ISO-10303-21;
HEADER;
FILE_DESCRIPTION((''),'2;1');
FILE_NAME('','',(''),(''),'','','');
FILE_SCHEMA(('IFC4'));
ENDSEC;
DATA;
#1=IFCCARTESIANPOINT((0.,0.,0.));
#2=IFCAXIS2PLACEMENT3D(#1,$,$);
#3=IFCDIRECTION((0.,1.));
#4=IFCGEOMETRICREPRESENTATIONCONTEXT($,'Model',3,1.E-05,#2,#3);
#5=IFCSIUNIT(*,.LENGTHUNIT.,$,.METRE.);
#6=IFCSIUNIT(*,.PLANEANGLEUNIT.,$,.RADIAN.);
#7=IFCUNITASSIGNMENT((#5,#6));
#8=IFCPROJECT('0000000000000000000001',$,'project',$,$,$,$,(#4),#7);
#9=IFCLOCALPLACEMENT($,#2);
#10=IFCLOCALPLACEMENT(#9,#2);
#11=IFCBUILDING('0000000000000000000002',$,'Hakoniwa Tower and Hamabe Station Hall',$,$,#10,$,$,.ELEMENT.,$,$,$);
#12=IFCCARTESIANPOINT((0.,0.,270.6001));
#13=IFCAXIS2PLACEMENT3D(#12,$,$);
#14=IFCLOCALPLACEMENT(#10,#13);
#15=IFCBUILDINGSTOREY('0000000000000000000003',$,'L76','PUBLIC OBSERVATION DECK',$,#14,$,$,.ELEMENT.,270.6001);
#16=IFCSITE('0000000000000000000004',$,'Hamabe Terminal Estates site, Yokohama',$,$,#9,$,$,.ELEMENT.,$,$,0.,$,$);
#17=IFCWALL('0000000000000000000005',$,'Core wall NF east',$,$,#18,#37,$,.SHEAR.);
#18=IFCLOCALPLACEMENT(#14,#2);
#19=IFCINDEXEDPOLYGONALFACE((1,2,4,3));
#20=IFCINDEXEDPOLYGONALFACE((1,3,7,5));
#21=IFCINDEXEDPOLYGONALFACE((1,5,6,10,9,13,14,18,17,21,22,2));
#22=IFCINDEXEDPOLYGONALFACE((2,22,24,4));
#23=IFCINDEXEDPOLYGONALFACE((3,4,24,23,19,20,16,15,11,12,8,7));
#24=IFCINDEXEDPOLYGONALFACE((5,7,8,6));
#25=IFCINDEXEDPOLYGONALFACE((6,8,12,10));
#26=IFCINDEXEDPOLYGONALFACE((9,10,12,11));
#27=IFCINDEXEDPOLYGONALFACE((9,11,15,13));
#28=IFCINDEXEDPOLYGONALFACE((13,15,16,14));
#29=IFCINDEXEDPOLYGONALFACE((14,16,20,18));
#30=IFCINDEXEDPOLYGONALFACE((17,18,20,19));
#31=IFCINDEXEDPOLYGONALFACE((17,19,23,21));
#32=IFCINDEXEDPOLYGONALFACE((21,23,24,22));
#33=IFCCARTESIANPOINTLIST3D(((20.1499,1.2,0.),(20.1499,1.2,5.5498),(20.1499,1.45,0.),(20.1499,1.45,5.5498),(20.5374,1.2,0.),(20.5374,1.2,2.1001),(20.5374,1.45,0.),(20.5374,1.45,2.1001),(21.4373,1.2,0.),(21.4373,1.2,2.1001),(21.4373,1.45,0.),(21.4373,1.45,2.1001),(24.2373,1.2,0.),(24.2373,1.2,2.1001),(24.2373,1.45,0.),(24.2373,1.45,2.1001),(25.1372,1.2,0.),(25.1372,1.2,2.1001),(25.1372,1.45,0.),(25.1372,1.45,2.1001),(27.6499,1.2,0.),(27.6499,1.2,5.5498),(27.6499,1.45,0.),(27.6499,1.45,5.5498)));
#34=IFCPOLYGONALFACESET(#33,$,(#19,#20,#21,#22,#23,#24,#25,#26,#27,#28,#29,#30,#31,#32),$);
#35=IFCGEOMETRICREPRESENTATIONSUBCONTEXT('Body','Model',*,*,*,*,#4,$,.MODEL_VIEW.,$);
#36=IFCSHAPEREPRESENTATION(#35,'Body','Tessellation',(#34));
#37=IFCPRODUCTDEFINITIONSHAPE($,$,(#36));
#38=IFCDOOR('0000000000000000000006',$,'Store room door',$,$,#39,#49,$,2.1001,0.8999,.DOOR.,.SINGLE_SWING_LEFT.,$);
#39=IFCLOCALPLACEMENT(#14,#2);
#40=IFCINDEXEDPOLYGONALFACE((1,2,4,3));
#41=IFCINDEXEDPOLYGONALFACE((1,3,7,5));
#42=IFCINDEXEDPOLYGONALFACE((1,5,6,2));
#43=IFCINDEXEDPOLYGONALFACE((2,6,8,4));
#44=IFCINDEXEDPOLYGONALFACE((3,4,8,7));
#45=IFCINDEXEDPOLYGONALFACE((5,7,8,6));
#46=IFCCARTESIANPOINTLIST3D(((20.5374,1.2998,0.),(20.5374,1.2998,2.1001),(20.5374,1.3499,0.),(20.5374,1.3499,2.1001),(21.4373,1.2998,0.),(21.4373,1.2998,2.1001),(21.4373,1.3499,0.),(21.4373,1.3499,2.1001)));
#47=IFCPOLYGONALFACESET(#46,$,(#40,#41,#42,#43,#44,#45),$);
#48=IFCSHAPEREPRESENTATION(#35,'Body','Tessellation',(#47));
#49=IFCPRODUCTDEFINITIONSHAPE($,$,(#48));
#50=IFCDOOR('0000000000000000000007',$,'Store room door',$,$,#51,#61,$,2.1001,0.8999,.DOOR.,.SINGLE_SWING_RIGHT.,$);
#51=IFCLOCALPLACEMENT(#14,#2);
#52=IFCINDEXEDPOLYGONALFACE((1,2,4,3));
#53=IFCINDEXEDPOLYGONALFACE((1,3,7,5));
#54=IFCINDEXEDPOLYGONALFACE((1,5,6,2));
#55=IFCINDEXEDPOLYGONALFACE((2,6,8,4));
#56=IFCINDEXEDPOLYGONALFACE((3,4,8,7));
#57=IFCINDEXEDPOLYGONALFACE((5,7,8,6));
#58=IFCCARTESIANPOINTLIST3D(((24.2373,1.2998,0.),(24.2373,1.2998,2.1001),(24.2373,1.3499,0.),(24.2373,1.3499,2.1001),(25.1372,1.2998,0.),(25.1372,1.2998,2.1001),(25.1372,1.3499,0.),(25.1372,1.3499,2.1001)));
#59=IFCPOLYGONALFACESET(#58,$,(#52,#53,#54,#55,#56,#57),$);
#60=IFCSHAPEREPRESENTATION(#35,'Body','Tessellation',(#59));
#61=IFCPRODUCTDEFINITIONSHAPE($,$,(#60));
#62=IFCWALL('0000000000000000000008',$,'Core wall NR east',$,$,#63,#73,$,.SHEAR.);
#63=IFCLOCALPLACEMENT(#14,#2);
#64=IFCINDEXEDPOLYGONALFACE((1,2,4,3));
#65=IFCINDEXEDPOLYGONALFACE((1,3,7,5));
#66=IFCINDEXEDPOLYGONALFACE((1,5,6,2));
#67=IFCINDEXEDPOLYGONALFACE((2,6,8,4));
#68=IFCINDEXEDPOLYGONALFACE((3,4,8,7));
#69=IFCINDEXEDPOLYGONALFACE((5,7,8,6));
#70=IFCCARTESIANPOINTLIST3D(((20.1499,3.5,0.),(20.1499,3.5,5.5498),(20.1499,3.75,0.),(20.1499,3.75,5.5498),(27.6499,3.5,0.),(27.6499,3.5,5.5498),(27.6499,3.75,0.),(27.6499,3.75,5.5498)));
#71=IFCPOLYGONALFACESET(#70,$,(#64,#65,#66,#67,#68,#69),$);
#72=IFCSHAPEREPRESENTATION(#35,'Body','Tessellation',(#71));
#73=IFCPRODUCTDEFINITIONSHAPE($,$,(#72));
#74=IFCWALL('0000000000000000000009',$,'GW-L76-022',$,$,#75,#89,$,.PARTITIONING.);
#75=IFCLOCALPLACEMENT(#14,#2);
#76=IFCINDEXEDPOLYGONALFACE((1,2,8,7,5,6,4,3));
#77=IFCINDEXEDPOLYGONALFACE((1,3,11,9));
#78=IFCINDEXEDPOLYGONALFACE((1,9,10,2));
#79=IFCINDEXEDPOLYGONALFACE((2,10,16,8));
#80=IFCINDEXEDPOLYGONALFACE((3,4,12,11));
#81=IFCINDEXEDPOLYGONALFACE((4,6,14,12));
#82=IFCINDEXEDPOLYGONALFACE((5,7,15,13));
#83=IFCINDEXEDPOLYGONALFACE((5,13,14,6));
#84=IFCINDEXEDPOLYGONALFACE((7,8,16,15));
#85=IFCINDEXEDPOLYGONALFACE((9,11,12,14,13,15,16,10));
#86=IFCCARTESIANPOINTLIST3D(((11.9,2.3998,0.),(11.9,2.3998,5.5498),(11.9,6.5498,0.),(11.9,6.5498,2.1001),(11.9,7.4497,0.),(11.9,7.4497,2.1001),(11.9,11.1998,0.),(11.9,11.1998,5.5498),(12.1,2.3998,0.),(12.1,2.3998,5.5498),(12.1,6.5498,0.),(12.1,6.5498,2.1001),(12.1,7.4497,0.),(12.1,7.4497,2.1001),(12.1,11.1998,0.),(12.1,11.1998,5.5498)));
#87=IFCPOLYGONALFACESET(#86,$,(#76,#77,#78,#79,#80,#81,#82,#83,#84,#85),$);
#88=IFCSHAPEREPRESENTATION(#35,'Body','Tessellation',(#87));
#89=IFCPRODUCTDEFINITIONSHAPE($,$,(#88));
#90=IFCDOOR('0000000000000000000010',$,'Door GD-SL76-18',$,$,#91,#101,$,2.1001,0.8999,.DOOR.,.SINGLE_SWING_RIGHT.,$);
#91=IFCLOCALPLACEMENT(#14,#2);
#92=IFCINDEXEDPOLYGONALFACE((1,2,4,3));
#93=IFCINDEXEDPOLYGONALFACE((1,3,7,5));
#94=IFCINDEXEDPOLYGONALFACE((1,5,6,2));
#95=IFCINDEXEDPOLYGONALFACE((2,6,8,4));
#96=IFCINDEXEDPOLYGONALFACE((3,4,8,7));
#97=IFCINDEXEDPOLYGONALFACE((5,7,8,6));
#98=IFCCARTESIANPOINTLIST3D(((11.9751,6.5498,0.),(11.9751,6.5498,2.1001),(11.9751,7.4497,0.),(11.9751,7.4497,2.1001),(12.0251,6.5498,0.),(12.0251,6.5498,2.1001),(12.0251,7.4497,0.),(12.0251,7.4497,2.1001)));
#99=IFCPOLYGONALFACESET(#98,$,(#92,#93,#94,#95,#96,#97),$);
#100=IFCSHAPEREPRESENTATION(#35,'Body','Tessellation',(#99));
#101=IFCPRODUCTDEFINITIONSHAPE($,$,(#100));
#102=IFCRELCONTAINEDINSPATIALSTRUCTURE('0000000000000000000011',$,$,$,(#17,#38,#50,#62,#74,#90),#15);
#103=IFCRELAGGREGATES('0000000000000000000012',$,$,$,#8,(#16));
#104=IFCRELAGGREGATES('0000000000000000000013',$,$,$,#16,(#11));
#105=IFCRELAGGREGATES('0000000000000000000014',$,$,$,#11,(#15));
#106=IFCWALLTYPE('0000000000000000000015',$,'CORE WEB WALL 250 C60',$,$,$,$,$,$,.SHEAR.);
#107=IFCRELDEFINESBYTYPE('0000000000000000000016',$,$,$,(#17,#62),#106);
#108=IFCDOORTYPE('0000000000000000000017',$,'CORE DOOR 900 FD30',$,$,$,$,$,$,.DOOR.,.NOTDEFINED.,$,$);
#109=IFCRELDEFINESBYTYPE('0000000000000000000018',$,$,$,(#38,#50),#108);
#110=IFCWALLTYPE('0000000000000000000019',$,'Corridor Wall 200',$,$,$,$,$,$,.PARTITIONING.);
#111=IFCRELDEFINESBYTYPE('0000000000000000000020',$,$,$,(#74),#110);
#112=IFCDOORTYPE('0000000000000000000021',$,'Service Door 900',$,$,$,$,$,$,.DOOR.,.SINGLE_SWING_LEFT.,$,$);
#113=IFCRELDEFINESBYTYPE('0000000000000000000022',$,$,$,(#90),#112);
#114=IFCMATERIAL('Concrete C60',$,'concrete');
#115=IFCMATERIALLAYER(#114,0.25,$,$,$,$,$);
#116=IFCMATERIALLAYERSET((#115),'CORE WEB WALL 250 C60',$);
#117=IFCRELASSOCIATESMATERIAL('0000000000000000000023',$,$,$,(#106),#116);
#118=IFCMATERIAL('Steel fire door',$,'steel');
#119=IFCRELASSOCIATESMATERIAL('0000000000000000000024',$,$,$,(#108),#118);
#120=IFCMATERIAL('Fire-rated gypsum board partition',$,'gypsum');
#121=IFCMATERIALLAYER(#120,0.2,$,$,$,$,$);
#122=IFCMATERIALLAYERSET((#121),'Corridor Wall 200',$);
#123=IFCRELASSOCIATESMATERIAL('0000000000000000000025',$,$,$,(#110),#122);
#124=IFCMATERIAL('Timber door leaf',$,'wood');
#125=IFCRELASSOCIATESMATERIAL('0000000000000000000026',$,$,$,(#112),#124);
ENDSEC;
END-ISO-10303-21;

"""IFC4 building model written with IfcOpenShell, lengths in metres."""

from ifc_helpers import new_model, si_unit, direction, frame, frame_2d, origin, place, context, subcontext, project, spatial, rectangle, extrude, material, layer, layer_set, type_object, element, fill, save


model = new_model("IFC4")

# Units and contexts
model_context = context("Model", 3, precision=1e-05, world=origin(), true_north=direction((0.0, 1.0)))
body_context = subcontext(model_context, "Body", "Model", "MODEL_VIEW")
ifc_project = project(units=[si_unit("LENGTHUNIT", "METRE"), si_unit("PLANEANGLEUNIT", "RADIAN")], contexts=[model_context])

# Site, building, storey
site_placement = place(None, origin())
site = spatial("IfcSite", under=ifc_project, at=site_placement, Name="Hamabe Terminal Estates site, Yokohama", CompositionType="ELEMENT", RefElevation=0.0)
building_placement = place(site_placement, origin())
building = spatial("IfcBuilding", under=site, at=building_placement, Name="Hakoniwa Tower and Hamabe Station Hall", CompositionType="ELEMENT")
storey_placement = place(building_placement, frame((0.0, 0.0, 270.6001)))
storey = spatial("IfcBuildingStorey", under=building, at=storey_placement, Name="L76", Description="PUBLIC OBSERVATION DECK", CompositionType="ELEMENT", Elevation=270.6001)

# Shared definitions
ifc_material_1 = material(Name="Concrete C60", Category="concrete")
ifc_layer_1 = layer(ifc_material_1, 0.25)
ifc_layer_set_1 = layer_set([ifc_layer_1], Name="CORE WEB WALL 250 C60")
wall_type_1 = type_object("IfcWallType", Name="CORE WEB WALL 250 C60", PredefinedType="SHEAR", material=ifc_layer_set_1)

# Wall, openings, doors
wall_1_placement = place(storey_placement, frame((20.1499, 1.325, 0.0), z_axis=(0.0, 0.0, 1.0), x_axis=(1.0, 0.0, 0.0)))
wall_1 = element("IfcWall", 1, at=wall_1_placement, inside=storey, type_object=wall_type_1, Name="Core wall NF east", PredefinedType="SHEAR", context=body_context, shape_type="SweptSolid", body=[
    extrude(rectangle(XDim=7.5, YDim=0.25, at=frame_2d((3.75, 0.0))), origin(), (0.0, 0.0, 1.0), 5.5498),
])
opening_1_placement = place(wall_1_placement, frame((0.3875, 0.0, 0.0)))
opening_1 = element("IfcOpeningElement", 2, at=opening_1_placement, cuts=wall_1, PredefinedType="OPENING", context=body_context, shape_type="SweptSolid", body=[
    extrude(rectangle(XDim=0.8999, YDim=2.1001, at=frame_2d((0.45, 1.05))), frame((0.0, 0.135, 0.0), z_axis=(0.0, -1.0, 0.0), x_axis=(1.0, 0.0, 0.0)), (0.0, 0.0, 1.0), 0.27),
])
opening_2_placement = place(wall_1_placement, frame((4.0874, 0.0, 0.0)))
opening_2 = element("IfcOpeningElement", 3, at=opening_2_placement, cuts=wall_1, PredefinedType="OPENING", context=body_context, shape_type="SweptSolid", body=[
    extrude(rectangle(XDim=0.8999, YDim=2.1001, at=frame_2d((0.45, 1.05))), frame((0.0, 0.135, 0.0), z_axis=(0.0, -1.0, 0.0), x_axis=(1.0, 0.0, 0.0)), (0.0, 0.0, 1.0), 0.27),
])
ifc_material_2 = material(Name="Steel fire door", Category="steel")
door_type_1 = type_object("IfcDoorType", Name="CORE DOOR 900 FD30", OperationType="NOTDEFINED", PredefinedType="DOOR", material=ifc_material_2)
door_1_placement = place(opening_1_placement, origin())
door_1 = element("IfcDoor", 4, at=door_1_placement, inside=storey, type_object=door_type_1, Name="Store room door", OperationType="SINGLE_SWING_LEFT", OverallHeight=2.1001, OverallWidth=0.8999, PredefinedType="DOOR", context=body_context, shape_type="SweptSolid", body=[
    extrude(rectangle(XDim=0.8999, YDim=2.1001, at=frame_2d((0.45, 1.05))), frame((0.0, 0.0249, 0.0), z_axis=(0.0, -1.0, 0.0), x_axis=(1.0, 0.0, 0.0)), (0.0, 0.0, 1.0), 0.05),
])
fill(opening_1, door_1)
door_2_placement = place(opening_2_placement, origin())
door_2 = element("IfcDoor", 5, at=door_2_placement, inside=storey, type_object=door_type_1, Name="Store room door", OperationType="SINGLE_SWING_RIGHT", OverallHeight=2.1001, OverallWidth=0.8999, PredefinedType="DOOR", context=body_context, shape_type="SweptSolid", body=[
    extrude(rectangle(XDim=0.8999, YDim=2.1001, at=frame_2d((0.45, 1.05))), frame((0.0, 0.0249, 0.0), z_axis=(0.0, -1.0, 0.0), x_axis=(1.0, 0.0, 0.0)), (0.0, 0.0, 1.0), 0.05),
])
fill(opening_2, door_2)

# Wall
wall_2_placement = place(storey_placement, frame((20.1499, 3.625, 0.0), z_axis=(0.0, 0.0, 1.0), x_axis=(1.0, 0.0, 0.0)))
element("IfcWall", 6, at=wall_2_placement, inside=storey, type_object=wall_type_1, Name="Core wall NR east", PredefinedType="SHEAR", context=body_context, shape_type="SweptSolid", body=[
    extrude(rectangle(XDim=7.5, YDim=0.25, at=frame_2d((3.75, 0.0))), origin(), (0.0, 0.0, 1.0), 5.5498),
])

# Wall, opening, door
ifc_material_3 = material(Name="Fire-rated gypsum board partition", Category="gypsum")
ifc_layer_2 = layer(ifc_material_3, 0.2)
ifc_layer_set_2 = layer_set([ifc_layer_2], Name="Corridor Wall 200")
wall_type_2 = type_object("IfcWallType", Name="Corridor Wall 200", PredefinedType="PARTITIONING", material=ifc_layer_set_2)
wall_3_placement = place(storey_placement, frame((12.0, 2.3999, 0.0), z_axis=(0.0, 0.0, 1.0), x_axis=(0.0, 1.0, 0.0)))
wall_3 = element("IfcWall", 7, at=wall_3_placement, inside=storey, type_object=wall_type_2, Name="GW-L76-022", PredefinedType="PARTITIONING", context=body_context, shape_type="SweptSolid", body=[
    extrude(rectangle(XDim=8.8, YDim=0.2, at=frame_2d((4.3999, 0.0))), origin(), (0.0, 0.0, 1.0), 5.5498),
])
opening_3_placement = place(wall_3_placement, frame((4.1499, 0.0, 0.0)))
opening_3 = element("IfcOpeningElement", 8, at=opening_3_placement, cuts=wall_3, PredefinedType="OPENING", context=body_context, shape_type="SweptSolid", body=[
    extrude(rectangle(XDim=0.8999, YDim=2.1001, at=frame_2d((0.45, 1.05))), frame((0.0, 0.1099, 0.0), z_axis=(0.0, -1.0, 0.0), x_axis=(1.0, 0.0, 0.0)), (0.0, 0.0, 1.0), 0.22),
])
ifc_material_4 = material(Name="Timber door leaf", Category="wood")
door_type_2 = type_object("IfcDoorType", Name="Service Door 900", OperationType="SINGLE_SWING_LEFT", PredefinedType="DOOR", material=ifc_material_4)
door_3_placement = place(opening_3_placement, origin())
door_3 = element("IfcDoor", 9, at=door_3_placement, inside=storey, type_object=door_type_2, Name="Door GD-SL76-18", OperationType="SINGLE_SWING_RIGHT", OverallHeight=2.1001, OverallWidth=0.8999, PredefinedType="DOOR", context=body_context, shape_type="SweptSolid", body=[
    extrude(rectangle(XDim=0.8999, YDim=2.1001, at=frame_2d((0.45, 1.05))), frame((0.0, 0.0249, 0.0), z_axis=(0.0, -1.0, 0.0), x_axis=(1.0, 0.0, 0.0)), (0.0, 0.0, 1.0), 0.05),
])
fill(opening_3, door_3)

save(model, "model.ifc")
